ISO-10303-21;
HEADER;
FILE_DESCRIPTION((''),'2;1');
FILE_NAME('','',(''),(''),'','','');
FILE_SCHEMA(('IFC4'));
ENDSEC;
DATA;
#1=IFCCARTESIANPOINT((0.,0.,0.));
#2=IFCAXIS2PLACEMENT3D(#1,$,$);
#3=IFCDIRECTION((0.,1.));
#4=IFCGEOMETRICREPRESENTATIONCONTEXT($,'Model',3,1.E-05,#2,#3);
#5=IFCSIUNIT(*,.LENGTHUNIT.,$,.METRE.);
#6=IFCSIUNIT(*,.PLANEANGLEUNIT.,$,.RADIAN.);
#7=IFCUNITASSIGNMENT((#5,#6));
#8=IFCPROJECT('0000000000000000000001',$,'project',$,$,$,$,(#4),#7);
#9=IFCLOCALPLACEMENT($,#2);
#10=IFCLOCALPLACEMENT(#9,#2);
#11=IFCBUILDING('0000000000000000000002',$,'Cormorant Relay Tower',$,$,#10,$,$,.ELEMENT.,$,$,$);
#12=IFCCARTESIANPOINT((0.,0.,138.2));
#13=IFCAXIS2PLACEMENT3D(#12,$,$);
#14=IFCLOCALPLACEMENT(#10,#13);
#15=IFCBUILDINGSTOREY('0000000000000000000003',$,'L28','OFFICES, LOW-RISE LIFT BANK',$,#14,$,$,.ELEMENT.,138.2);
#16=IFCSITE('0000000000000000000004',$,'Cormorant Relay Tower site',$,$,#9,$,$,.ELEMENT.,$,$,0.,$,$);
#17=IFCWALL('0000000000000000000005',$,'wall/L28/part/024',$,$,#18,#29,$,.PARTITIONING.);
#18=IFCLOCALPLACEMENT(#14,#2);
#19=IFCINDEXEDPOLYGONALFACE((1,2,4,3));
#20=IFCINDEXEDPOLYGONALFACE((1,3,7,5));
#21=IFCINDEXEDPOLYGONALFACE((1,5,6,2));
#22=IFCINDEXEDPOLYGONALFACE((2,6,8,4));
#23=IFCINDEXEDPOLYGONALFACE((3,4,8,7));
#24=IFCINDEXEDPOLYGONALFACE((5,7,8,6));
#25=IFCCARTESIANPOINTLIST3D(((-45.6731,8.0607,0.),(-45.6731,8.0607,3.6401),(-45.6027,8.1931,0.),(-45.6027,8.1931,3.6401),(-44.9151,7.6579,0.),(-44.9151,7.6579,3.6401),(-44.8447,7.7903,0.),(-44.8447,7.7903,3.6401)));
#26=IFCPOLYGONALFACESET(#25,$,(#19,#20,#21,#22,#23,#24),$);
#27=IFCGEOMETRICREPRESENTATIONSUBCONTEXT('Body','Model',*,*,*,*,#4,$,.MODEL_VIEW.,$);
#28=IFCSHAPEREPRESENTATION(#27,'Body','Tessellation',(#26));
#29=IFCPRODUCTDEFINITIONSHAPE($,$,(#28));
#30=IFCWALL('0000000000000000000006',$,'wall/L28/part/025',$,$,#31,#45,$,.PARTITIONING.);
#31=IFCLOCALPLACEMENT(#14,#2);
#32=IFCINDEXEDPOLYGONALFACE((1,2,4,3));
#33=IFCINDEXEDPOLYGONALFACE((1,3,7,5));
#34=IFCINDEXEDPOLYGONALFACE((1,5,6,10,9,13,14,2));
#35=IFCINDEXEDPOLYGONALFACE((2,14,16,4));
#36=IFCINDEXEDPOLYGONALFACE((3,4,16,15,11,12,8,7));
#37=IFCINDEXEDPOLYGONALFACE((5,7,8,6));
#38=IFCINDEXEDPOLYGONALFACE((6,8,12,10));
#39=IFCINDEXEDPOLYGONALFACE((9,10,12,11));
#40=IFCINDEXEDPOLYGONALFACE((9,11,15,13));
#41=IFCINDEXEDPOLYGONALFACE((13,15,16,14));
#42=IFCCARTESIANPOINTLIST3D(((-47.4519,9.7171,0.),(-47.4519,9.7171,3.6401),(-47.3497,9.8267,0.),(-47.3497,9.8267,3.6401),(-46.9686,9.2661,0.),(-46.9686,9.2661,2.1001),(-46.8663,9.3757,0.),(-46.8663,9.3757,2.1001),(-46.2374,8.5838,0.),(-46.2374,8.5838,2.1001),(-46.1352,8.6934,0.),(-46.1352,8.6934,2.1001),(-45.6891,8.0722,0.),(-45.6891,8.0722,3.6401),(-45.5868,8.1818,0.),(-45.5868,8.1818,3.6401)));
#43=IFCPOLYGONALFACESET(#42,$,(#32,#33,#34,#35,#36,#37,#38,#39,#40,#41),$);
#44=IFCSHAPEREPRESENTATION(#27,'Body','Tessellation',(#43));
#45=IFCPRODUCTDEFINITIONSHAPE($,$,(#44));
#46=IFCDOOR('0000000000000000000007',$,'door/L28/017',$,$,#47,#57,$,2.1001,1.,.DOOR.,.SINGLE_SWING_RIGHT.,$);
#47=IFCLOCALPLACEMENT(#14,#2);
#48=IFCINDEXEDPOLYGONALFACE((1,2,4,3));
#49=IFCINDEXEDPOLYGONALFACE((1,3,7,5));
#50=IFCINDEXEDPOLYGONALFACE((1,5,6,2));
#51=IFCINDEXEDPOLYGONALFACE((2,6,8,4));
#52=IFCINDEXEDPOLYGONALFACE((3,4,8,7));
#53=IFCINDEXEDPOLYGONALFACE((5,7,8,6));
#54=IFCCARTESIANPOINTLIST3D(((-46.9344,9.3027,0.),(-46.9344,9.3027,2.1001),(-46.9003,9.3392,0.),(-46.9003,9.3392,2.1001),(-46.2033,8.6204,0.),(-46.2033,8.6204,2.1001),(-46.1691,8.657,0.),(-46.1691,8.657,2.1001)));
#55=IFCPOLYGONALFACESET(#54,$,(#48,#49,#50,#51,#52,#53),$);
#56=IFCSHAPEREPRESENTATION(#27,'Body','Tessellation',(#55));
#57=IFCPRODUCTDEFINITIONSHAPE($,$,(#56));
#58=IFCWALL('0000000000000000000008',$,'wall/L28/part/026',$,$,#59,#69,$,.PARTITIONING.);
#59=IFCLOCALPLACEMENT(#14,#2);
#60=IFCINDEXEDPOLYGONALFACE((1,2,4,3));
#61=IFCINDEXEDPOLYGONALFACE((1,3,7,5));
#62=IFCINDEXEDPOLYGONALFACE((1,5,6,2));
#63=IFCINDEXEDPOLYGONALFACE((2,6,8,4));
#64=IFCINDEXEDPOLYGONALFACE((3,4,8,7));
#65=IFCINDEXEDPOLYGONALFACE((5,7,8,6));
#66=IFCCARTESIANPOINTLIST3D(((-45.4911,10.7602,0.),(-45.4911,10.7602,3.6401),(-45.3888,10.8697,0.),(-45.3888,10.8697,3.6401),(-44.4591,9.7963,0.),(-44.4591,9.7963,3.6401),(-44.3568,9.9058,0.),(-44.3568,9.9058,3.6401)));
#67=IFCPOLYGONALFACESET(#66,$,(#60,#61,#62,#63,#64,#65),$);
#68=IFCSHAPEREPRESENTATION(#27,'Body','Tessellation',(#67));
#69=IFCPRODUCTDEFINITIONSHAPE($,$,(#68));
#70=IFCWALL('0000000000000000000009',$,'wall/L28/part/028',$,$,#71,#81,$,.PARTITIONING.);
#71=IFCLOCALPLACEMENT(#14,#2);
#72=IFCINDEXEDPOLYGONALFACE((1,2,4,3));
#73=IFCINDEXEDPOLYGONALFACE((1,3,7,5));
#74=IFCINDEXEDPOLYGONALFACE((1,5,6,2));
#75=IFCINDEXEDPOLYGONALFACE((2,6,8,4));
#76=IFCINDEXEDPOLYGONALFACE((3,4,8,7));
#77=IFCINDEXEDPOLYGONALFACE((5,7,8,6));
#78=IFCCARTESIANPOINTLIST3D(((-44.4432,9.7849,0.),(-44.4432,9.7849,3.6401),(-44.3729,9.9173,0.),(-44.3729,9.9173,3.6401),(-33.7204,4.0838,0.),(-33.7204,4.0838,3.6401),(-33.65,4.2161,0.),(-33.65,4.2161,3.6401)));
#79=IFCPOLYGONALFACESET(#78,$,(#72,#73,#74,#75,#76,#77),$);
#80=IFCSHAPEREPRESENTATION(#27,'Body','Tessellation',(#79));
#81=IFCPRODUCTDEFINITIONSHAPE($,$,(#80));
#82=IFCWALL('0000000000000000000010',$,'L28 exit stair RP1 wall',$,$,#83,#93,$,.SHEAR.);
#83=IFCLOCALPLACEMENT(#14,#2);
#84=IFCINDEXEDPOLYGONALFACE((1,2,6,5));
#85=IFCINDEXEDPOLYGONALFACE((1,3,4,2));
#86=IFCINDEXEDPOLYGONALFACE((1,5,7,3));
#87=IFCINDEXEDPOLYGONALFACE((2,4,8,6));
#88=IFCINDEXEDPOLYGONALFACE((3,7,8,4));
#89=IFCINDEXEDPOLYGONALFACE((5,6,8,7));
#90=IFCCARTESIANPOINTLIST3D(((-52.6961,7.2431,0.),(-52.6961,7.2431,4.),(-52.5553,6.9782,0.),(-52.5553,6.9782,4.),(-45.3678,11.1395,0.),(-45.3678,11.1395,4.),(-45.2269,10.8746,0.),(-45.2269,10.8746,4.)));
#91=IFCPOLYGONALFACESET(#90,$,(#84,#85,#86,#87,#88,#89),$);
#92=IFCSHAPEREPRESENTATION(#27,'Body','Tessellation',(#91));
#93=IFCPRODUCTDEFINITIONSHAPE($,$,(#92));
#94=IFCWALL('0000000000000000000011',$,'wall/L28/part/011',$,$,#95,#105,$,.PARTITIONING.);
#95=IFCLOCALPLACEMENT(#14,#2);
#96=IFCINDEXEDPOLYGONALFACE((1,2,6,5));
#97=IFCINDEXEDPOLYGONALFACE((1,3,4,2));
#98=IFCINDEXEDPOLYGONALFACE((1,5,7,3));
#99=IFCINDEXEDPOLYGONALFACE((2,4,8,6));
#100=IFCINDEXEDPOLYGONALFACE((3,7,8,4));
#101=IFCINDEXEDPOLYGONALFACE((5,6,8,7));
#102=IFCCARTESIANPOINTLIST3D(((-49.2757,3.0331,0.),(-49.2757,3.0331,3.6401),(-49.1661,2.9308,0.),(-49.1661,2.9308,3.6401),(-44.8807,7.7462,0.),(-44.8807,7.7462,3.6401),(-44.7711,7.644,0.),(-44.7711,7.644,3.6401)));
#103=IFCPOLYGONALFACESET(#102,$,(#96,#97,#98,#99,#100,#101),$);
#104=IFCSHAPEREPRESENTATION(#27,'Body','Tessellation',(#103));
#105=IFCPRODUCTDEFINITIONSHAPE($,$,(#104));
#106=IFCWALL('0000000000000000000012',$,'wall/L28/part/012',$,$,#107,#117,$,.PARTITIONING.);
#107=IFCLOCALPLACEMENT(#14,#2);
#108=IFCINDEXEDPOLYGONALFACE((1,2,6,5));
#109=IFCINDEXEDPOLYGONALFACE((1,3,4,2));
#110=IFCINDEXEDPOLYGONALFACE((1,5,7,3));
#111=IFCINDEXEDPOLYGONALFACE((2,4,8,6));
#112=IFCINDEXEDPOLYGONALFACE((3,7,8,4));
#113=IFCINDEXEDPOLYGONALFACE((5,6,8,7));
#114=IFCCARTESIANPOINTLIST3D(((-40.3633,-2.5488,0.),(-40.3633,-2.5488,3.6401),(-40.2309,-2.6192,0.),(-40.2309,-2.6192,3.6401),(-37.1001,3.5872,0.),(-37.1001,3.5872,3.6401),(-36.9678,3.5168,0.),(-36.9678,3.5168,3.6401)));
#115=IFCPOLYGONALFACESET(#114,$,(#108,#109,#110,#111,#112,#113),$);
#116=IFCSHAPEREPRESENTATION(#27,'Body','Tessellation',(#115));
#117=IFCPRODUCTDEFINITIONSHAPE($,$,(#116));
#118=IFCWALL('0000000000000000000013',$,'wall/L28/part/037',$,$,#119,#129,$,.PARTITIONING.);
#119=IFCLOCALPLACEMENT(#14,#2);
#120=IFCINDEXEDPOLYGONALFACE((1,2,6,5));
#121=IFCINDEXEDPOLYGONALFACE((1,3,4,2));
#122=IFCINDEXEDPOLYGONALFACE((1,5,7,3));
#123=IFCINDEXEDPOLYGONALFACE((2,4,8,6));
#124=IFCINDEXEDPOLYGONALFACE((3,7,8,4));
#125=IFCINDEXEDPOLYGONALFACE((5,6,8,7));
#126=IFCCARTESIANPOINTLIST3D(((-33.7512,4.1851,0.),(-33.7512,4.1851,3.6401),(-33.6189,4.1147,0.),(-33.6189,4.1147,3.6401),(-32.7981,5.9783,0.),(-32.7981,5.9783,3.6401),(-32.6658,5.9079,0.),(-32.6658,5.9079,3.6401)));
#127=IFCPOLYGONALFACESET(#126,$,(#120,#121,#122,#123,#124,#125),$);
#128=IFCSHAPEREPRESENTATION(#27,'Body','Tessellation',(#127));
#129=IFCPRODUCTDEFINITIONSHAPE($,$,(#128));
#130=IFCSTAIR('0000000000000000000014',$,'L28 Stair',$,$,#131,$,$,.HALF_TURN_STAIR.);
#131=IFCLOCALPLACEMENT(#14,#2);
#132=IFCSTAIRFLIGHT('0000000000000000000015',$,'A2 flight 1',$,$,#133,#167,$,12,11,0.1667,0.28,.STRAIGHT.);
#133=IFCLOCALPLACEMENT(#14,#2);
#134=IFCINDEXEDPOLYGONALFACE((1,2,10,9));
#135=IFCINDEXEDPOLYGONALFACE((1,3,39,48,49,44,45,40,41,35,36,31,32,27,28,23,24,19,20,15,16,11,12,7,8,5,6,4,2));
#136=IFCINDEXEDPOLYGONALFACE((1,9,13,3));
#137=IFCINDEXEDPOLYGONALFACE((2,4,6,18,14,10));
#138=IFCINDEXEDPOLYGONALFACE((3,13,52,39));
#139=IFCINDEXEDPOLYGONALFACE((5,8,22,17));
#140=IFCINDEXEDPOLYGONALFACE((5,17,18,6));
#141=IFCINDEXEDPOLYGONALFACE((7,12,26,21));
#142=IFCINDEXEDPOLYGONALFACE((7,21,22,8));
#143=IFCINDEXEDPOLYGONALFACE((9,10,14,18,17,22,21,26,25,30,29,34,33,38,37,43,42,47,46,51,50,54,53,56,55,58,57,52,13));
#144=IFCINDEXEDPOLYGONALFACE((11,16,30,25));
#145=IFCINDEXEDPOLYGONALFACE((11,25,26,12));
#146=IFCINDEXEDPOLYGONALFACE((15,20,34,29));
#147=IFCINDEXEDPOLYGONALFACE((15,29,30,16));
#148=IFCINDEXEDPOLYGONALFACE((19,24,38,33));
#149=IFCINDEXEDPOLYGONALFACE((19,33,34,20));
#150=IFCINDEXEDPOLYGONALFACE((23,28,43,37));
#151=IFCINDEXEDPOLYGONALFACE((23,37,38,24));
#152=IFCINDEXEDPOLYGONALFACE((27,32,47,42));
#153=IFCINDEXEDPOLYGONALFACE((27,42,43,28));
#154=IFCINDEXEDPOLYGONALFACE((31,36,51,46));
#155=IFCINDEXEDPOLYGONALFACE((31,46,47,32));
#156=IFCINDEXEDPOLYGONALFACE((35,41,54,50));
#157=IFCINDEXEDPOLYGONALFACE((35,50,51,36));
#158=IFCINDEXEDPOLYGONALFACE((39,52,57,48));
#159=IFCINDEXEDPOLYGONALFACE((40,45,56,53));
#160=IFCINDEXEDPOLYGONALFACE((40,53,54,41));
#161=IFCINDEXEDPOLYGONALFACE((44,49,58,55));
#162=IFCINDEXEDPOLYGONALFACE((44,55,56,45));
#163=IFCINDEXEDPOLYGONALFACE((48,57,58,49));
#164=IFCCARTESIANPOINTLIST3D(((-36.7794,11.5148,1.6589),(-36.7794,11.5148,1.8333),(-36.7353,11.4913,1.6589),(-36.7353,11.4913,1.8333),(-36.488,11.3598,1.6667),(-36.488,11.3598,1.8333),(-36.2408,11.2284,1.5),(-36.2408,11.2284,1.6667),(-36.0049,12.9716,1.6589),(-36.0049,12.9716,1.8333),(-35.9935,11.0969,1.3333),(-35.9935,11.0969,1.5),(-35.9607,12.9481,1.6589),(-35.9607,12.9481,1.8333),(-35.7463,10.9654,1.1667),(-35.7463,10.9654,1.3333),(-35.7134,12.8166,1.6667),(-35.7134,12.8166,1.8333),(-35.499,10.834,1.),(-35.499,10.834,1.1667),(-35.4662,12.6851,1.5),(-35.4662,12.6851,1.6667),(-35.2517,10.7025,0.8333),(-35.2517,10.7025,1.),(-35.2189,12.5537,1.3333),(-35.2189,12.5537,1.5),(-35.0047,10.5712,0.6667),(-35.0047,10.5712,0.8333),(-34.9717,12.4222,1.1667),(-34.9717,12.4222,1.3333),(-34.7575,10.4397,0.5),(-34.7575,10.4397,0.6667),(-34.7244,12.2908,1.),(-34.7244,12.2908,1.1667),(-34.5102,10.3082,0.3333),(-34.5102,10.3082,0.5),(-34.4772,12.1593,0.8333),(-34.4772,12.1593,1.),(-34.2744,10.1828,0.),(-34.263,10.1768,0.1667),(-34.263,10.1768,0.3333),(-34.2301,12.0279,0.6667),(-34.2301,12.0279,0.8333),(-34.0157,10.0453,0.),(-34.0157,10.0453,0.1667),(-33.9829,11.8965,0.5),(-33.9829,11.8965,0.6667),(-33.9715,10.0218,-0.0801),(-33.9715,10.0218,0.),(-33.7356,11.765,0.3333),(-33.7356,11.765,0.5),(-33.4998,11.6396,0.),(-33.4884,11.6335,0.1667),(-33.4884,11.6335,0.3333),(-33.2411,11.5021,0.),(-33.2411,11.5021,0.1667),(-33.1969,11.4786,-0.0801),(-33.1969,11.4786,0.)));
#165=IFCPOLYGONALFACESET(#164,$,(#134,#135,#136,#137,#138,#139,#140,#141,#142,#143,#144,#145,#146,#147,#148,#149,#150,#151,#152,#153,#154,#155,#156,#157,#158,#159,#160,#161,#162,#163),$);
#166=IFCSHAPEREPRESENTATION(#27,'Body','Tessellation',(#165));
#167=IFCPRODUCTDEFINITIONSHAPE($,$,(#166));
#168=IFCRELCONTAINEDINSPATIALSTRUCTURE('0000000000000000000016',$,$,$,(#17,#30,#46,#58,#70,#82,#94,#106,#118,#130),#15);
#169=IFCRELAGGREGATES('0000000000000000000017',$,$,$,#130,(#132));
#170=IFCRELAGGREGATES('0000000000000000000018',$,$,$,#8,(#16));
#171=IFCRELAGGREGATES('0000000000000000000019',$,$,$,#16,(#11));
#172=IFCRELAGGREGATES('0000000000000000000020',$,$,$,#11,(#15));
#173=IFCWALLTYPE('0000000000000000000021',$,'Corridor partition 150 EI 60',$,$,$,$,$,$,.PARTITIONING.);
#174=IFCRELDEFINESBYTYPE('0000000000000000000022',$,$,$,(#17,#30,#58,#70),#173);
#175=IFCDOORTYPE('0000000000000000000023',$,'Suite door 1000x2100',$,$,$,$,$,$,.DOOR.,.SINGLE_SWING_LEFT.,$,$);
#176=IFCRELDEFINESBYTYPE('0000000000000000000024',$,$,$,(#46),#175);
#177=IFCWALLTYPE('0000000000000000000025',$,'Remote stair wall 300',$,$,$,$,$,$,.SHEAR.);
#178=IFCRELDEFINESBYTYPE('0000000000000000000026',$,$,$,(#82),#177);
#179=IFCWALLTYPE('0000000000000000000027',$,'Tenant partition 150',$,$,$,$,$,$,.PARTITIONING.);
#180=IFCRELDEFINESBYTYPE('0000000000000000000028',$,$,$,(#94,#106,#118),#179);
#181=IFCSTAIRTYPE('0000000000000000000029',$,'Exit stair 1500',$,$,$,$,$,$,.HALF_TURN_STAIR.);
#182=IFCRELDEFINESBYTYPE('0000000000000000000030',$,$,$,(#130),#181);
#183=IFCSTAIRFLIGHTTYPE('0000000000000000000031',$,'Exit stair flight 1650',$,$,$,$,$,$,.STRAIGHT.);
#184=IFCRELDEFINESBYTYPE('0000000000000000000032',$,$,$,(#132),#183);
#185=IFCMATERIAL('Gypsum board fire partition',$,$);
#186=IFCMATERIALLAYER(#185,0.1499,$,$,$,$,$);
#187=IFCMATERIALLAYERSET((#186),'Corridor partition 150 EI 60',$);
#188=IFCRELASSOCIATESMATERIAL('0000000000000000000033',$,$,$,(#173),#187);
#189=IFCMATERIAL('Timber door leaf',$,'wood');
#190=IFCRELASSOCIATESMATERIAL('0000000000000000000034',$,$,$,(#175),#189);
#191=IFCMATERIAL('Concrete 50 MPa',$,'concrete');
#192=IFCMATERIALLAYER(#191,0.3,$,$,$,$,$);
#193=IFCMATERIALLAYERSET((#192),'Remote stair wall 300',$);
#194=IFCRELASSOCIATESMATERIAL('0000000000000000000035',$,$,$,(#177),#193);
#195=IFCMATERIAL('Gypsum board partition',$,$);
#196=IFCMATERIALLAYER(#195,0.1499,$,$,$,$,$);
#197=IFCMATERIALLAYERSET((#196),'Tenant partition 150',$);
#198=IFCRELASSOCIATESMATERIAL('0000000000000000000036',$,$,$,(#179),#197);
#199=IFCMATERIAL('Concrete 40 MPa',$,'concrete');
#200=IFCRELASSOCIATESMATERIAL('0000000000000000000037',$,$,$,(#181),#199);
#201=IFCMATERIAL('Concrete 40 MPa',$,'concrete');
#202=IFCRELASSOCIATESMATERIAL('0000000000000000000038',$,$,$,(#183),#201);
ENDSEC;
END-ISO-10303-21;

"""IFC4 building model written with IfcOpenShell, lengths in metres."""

from ifc_helpers import new_model, si_unit, direction, frame, frame_2d, origin, place, context, subcontext, project, spatial, polyline, rectangle, outline, extrude, material, layer, layer_set, type_object, element, fill, aggregate, save


model = new_model("IFC4")

# Units and contexts
model_context = context("Model", 3, precision=1e-05, world=origin(), true_north=direction((0.0, 1.0)))
body_context = subcontext(model_context, "Body", "Model", "MODEL_VIEW")
ifc_project = project(units=[si_unit("LENGTHUNIT", "METRE"), si_unit("PLANEANGLEUNIT", "RADIAN")], contexts=[model_context])

# Site, building, storey
site_placement = place(None, origin())
site = spatial("IfcSite", under=ifc_project, at=site_placement, Name="Cormorant Relay Tower site", CompositionType="ELEMENT", RefElevation=0.0)
building_placement = place(site_placement, origin())
building = spatial("IfcBuilding", under=site, at=building_placement, Name="Cormorant Relay Tower", CompositionType="ELEMENT")
storey_placement = place(building_placement, frame((0.0, 0.0, 138.2)))
storey = spatial("IfcBuildingStorey", under=building, at=storey_placement, Name="L28", Description="OFFICES, LOW-RISE LIFT BANK", CompositionType="ELEMENT", Elevation=138.2)

# Wall
ifc_material_1 = material(Name="Gypsum board fire partition")
ifc_layer_1 = layer(ifc_material_1, 0.1499)
ifc_layer_set_1 = layer_set([ifc_layer_1], Name="Corridor partition 150 EI 60")
wall_type_1 = type_object("IfcWallType", Name="Corridor partition 150 EI 60", PredefinedType="PARTITIONING", material=ifc_layer_set_1)
wall_1_placement = place(storey_placement, frame((-44.8799, 7.7241, 0.0), z_axis=(0.0, 0.0, 1.0), x_axis=(-0.88306, 0.469259, 0.0)))
element("IfcWall", 1, at=wall_1_placement, inside=storey, type_object=wall_type_1, Name="wall/L28/part/024", PredefinedType="PARTITIONING", context=body_context, shape_type="SweptSolid", body=[
    extrude(rectangle(XDim=0.8584, YDim=0.1499, at=frame_2d((0.4292, 0.0))), origin(), (0.0, 0.0, 1.0), 3.6401),
])

# Wall, opening, door
wall_2_placement = place(storey_placement, frame((-45.6379, 8.127, 0.0), z_axis=(0.0, 0.0, 1.0), x_axis=(-0.731136, 0.682232, 0.0)))
wall_2 = element("IfcWall", 2, at=wall_2_placement, inside=storey, type_object=wall_type_1, Name="wall/L28/part/025", PredefinedType="PARTITIONING", context=body_context, shape_type="SweptSolid", body=[
    extrude(rectangle(XDim=2.4111, YDim=0.1499, at=frame_2d((1.2056, 0.0))), origin(), (0.0, 0.0, 1.0), 3.6401),
])
opening_placement = place(wall_2_placement, frame((0.75, 0.0, 0.0)))
opening = element("IfcOpeningElement", 3, at=opening_placement, cuts=wall_2, PredefinedType="OPENING", context=body_context, shape_type="SweptSolid", body=[
    extrude(rectangle(XDim=1.0, YDim=2.1001, at=frame_2d((0.5, 1.05))), frame((0.0, 0.085, 0.0), z_axis=(0.0, -1.0, 0.0), x_axis=(1.0, 0.0, 0.0)), (0.0, 0.0, 1.0), 0.1699),
])
ifc_material_2 = material(Name="Timber door leaf", Category="wood")
door_type = type_object("IfcDoorType", Name="Suite door 1000x2100", OperationType="SINGLE_SWING_LEFT", PredefinedType="DOOR", material=ifc_material_2)
door_placement = place(opening_placement, origin())
door = element("IfcDoor", 4, at=door_placement, inside=storey, type_object=door_type, Name="door/L28/017", OperationType="SINGLE_SWING_RIGHT", OverallHeight=2.1001, OverallWidth=1.0, PredefinedType="DOOR", context=body_context, shape_type="SweptSolid", body=[
    extrude(rectangle(XDim=1.0, YDim=2.1001, at=frame_2d((0.5, 1.05))), frame((0.0, 0.0249, 0.0), z_axis=(0.0, -1.0, 0.0), x_axis=(1.0, 0.0, 0.0)), (0.0, 0.0, 1.0), 0.05),
])
fill(opening, door)

# Walls
wall_3_placement = place(storey_placement, frame((-44.408, 9.8511, 0.0), z_axis=(0.0, 0.0, 1.0), x_axis=(-0.730814, 0.682577, 0.0)))
element("IfcWall", 5, at=wall_3_placement, inside=storey, type_object=wall_type_1, Name="wall/L28/part/026", PredefinedType="PARTITIONING", context=body_context, shape_type="SweptSolid", body=[
    extrude(rectangle(XDim=1.4121, YDim=0.1499, at=frame_2d((0.7061, 0.0))), origin(), (0.0, 0.0, 1.0), 3.6401),
])
wall_4_placement = place(storey_placement, frame((-33.6851, 4.1499, 0.0), z_axis=(0.0, 0.0, 1.0), x_axis=(-0.882958, 0.469453, 0.0)))
element("IfcWall", 6, at=wall_4_placement, inside=storey, type_object=wall_type_1, Name="wall/L28/part/028", PredefinedType="PARTITIONING", context=body_context, shape_type="SweptSolid", body=[
    extrude(rectangle(XDim=12.1443, YDim=0.1499, at=frame_2d((6.0723, 0.0))), origin(), (0.0, 0.0, 1.0), 3.6401),
])
ifc_material_3 = material(Name="Concrete 50 MPa", Category="concrete")
ifc_layer_2 = layer(ifc_material_3, 0.3)
ifc_layer_set_2 = layer_set([ifc_layer_2], Name="Remote stair wall 300")
wall_type_2 = type_object("IfcWallType", Name="Remote stair wall 300", PredefinedType="SHEAR", material=ifc_layer_set_2)
wall_5_placement = place(storey_placement, frame((-45.2974, 11.0071, 0.0), z_axis=(0.0, 0.0, 1.0), x_axis=(-0.882952, -0.469464, 0.0)))
element("IfcWall", 7, at=wall_5_placement, inside=storey, type_object=wall_type_2, Name="L28 exit stair RP1 wall", PredefinedType="SHEAR", context=body_context, shape_type="SweptSolid", body=[
    extrude(rectangle(XDim=8.2998, YDim=0.3, at=frame_2d((4.1499, 0.0))), origin(), (0.0, 0.0, 1.0), 4.0),
])
ifc_material_4 = material(Name="Gypsum board partition")
ifc_layer_3 = layer(ifc_material_4, 0.1499)
ifc_layer_set_3 = layer_set([ifc_layer_3], Name="Tenant partition 150")
wall_type_3 = type_object("IfcWallType", Name="Tenant partition 150", PredefinedType="PARTITIONING", material=ifc_layer_set_3)
wall_6_placement = place(storey_placement, frame((-44.8259, 7.6951, 0.0), z_axis=(0.0, 0.0, 1.0), x_axis=(-0.681994, -0.731358, 0.0)))
element("IfcWall", 8, at=wall_6_placement, inside=storey, type_object=wall_type_3, Name="wall/L28/part/011", PredefinedType="PARTITIONING", context=body_context, shape_type="SweptSolid", body=[
    extrude(rectangle(XDim=6.4443, YDim=0.1499, at=frame_2d((3.2222, 0.0))), origin(), (0.0, 0.0, 1.0), 3.6401),
])
wall_7_placement = place(storey_placement, frame((-37.0339, 3.552, 0.0), z_axis=(0.0, 0.0, 1.0), x_axis=(-0.469541, -0.882911, 0.0)))
element("IfcWall", 9, at=wall_7_placement, inside=storey, type_object=wall_type_3, Name="wall/L28/part/012", PredefinedType="PARTITIONING", context=body_context, shape_type="SweptSolid", body=[
    extrude(rectangle(XDim=6.9497, YDim=0.1499, at=frame_2d((3.4749, 0.0))), origin(), (0.0, 0.0, 1.0), 3.6401),
])
wall_8_placement = place(storey_placement, frame((-32.7319, 5.9431, 0.0), z_axis=(0.0, 0.0, 1.0), x_axis=(-0.46934, -0.883018, 0.0)))
element("IfcWall", 10, at=wall_8_placement, inside=storey, type_object=wall_type_3, Name="wall/L28/part/037", PredefinedType="PARTITIONING", context=body_context, shape_type="SweptSolid", body=[
    extrude(rectangle(XDim=2.0308, YDim=0.1499, at=frame_2d((1.0154, 0.0))), origin(), (0.0, 0.0, 1.0), 3.6401),
])

# Stair, stair flight
ifc_material_5 = material(Name="Concrete 40 MPa", Category="concrete")
stair_type = type_object("IfcStairType", Name="Exit stair 1500", PredefinedType="HALF_TURN_STAIR", material=ifc_material_5)
stair_placement = place(storey_placement, origin())
stair = element("IfcStair", 11, at=stair_placement, inside=storey, type_object=stair_type, Name="L28 Stair", PredefinedType="HALF_TURN_STAIR")
ifc_material_6 = material(Name="Concrete 40 MPa", Category="concrete")
stair_flight_type = type_object("IfcStairFlightType", Name="Exit stair flight 1650", PredefinedType="STRAIGHT", material=ifc_material_6)
stair_flight_1_placement = place(storey_placement, frame((-33.6284, 10.7737, 0.0), z_axis=(0.0, 0.0, 1.0), x_axis=(-0.882948, 0.469472, 0.0)))
stair_flight_1 = element("IfcStairFlight", 12, at=stair_flight_1_placement, type_object=stair_flight_type, Name="A2 flight 1", NumberOfRisers=12, NumberOfTreads=11, PredefinedType="STRAIGHT", RiserHeight=0.1667, TreadLength=0.28, context=body_context, shape_type="SweptSolid", body=[
    extrude(outline(polyline([(-0.05, -0.0801), (-0.05, 0.0), (0.0, 0.0), (0.0, 0.1667), (0.28, 0.1667), (0.28, 0.3333), (0.5601, 0.3333), (0.5601, 0.5), (0.8401, 0.5), (0.8401, 0.6667), (1.1201, 0.6667), (1.1201, 0.8333), (1.3999, 0.8333), (1.3999, 1.0), (1.6799, 1.0), (1.6799, 1.1667), (1.96, 1.1667), (1.96, 1.3333), (2.24, 1.3333), (2.24, 1.5), (2.52, 1.5), (2.52, 1.6667), (2.8, 1.6667), (2.8, 1.8333), (3.0801, 1.8333), (3.1301, 1.8333), (3.1301, 1.6589), (3.0801, 1.6589), (0.293, 0.0), (-0.05, -0.0801)])), frame((0.0, 0.825, 0.0), z_axis=(0.0, -1.0, 0.0), x_axis=(1.0, 0.0, 0.0)), (0.0, 0.0, 1.0), 1.6499),
])
aggregate(stair, [stair_flight_1])

save(model, "model.ifc")
